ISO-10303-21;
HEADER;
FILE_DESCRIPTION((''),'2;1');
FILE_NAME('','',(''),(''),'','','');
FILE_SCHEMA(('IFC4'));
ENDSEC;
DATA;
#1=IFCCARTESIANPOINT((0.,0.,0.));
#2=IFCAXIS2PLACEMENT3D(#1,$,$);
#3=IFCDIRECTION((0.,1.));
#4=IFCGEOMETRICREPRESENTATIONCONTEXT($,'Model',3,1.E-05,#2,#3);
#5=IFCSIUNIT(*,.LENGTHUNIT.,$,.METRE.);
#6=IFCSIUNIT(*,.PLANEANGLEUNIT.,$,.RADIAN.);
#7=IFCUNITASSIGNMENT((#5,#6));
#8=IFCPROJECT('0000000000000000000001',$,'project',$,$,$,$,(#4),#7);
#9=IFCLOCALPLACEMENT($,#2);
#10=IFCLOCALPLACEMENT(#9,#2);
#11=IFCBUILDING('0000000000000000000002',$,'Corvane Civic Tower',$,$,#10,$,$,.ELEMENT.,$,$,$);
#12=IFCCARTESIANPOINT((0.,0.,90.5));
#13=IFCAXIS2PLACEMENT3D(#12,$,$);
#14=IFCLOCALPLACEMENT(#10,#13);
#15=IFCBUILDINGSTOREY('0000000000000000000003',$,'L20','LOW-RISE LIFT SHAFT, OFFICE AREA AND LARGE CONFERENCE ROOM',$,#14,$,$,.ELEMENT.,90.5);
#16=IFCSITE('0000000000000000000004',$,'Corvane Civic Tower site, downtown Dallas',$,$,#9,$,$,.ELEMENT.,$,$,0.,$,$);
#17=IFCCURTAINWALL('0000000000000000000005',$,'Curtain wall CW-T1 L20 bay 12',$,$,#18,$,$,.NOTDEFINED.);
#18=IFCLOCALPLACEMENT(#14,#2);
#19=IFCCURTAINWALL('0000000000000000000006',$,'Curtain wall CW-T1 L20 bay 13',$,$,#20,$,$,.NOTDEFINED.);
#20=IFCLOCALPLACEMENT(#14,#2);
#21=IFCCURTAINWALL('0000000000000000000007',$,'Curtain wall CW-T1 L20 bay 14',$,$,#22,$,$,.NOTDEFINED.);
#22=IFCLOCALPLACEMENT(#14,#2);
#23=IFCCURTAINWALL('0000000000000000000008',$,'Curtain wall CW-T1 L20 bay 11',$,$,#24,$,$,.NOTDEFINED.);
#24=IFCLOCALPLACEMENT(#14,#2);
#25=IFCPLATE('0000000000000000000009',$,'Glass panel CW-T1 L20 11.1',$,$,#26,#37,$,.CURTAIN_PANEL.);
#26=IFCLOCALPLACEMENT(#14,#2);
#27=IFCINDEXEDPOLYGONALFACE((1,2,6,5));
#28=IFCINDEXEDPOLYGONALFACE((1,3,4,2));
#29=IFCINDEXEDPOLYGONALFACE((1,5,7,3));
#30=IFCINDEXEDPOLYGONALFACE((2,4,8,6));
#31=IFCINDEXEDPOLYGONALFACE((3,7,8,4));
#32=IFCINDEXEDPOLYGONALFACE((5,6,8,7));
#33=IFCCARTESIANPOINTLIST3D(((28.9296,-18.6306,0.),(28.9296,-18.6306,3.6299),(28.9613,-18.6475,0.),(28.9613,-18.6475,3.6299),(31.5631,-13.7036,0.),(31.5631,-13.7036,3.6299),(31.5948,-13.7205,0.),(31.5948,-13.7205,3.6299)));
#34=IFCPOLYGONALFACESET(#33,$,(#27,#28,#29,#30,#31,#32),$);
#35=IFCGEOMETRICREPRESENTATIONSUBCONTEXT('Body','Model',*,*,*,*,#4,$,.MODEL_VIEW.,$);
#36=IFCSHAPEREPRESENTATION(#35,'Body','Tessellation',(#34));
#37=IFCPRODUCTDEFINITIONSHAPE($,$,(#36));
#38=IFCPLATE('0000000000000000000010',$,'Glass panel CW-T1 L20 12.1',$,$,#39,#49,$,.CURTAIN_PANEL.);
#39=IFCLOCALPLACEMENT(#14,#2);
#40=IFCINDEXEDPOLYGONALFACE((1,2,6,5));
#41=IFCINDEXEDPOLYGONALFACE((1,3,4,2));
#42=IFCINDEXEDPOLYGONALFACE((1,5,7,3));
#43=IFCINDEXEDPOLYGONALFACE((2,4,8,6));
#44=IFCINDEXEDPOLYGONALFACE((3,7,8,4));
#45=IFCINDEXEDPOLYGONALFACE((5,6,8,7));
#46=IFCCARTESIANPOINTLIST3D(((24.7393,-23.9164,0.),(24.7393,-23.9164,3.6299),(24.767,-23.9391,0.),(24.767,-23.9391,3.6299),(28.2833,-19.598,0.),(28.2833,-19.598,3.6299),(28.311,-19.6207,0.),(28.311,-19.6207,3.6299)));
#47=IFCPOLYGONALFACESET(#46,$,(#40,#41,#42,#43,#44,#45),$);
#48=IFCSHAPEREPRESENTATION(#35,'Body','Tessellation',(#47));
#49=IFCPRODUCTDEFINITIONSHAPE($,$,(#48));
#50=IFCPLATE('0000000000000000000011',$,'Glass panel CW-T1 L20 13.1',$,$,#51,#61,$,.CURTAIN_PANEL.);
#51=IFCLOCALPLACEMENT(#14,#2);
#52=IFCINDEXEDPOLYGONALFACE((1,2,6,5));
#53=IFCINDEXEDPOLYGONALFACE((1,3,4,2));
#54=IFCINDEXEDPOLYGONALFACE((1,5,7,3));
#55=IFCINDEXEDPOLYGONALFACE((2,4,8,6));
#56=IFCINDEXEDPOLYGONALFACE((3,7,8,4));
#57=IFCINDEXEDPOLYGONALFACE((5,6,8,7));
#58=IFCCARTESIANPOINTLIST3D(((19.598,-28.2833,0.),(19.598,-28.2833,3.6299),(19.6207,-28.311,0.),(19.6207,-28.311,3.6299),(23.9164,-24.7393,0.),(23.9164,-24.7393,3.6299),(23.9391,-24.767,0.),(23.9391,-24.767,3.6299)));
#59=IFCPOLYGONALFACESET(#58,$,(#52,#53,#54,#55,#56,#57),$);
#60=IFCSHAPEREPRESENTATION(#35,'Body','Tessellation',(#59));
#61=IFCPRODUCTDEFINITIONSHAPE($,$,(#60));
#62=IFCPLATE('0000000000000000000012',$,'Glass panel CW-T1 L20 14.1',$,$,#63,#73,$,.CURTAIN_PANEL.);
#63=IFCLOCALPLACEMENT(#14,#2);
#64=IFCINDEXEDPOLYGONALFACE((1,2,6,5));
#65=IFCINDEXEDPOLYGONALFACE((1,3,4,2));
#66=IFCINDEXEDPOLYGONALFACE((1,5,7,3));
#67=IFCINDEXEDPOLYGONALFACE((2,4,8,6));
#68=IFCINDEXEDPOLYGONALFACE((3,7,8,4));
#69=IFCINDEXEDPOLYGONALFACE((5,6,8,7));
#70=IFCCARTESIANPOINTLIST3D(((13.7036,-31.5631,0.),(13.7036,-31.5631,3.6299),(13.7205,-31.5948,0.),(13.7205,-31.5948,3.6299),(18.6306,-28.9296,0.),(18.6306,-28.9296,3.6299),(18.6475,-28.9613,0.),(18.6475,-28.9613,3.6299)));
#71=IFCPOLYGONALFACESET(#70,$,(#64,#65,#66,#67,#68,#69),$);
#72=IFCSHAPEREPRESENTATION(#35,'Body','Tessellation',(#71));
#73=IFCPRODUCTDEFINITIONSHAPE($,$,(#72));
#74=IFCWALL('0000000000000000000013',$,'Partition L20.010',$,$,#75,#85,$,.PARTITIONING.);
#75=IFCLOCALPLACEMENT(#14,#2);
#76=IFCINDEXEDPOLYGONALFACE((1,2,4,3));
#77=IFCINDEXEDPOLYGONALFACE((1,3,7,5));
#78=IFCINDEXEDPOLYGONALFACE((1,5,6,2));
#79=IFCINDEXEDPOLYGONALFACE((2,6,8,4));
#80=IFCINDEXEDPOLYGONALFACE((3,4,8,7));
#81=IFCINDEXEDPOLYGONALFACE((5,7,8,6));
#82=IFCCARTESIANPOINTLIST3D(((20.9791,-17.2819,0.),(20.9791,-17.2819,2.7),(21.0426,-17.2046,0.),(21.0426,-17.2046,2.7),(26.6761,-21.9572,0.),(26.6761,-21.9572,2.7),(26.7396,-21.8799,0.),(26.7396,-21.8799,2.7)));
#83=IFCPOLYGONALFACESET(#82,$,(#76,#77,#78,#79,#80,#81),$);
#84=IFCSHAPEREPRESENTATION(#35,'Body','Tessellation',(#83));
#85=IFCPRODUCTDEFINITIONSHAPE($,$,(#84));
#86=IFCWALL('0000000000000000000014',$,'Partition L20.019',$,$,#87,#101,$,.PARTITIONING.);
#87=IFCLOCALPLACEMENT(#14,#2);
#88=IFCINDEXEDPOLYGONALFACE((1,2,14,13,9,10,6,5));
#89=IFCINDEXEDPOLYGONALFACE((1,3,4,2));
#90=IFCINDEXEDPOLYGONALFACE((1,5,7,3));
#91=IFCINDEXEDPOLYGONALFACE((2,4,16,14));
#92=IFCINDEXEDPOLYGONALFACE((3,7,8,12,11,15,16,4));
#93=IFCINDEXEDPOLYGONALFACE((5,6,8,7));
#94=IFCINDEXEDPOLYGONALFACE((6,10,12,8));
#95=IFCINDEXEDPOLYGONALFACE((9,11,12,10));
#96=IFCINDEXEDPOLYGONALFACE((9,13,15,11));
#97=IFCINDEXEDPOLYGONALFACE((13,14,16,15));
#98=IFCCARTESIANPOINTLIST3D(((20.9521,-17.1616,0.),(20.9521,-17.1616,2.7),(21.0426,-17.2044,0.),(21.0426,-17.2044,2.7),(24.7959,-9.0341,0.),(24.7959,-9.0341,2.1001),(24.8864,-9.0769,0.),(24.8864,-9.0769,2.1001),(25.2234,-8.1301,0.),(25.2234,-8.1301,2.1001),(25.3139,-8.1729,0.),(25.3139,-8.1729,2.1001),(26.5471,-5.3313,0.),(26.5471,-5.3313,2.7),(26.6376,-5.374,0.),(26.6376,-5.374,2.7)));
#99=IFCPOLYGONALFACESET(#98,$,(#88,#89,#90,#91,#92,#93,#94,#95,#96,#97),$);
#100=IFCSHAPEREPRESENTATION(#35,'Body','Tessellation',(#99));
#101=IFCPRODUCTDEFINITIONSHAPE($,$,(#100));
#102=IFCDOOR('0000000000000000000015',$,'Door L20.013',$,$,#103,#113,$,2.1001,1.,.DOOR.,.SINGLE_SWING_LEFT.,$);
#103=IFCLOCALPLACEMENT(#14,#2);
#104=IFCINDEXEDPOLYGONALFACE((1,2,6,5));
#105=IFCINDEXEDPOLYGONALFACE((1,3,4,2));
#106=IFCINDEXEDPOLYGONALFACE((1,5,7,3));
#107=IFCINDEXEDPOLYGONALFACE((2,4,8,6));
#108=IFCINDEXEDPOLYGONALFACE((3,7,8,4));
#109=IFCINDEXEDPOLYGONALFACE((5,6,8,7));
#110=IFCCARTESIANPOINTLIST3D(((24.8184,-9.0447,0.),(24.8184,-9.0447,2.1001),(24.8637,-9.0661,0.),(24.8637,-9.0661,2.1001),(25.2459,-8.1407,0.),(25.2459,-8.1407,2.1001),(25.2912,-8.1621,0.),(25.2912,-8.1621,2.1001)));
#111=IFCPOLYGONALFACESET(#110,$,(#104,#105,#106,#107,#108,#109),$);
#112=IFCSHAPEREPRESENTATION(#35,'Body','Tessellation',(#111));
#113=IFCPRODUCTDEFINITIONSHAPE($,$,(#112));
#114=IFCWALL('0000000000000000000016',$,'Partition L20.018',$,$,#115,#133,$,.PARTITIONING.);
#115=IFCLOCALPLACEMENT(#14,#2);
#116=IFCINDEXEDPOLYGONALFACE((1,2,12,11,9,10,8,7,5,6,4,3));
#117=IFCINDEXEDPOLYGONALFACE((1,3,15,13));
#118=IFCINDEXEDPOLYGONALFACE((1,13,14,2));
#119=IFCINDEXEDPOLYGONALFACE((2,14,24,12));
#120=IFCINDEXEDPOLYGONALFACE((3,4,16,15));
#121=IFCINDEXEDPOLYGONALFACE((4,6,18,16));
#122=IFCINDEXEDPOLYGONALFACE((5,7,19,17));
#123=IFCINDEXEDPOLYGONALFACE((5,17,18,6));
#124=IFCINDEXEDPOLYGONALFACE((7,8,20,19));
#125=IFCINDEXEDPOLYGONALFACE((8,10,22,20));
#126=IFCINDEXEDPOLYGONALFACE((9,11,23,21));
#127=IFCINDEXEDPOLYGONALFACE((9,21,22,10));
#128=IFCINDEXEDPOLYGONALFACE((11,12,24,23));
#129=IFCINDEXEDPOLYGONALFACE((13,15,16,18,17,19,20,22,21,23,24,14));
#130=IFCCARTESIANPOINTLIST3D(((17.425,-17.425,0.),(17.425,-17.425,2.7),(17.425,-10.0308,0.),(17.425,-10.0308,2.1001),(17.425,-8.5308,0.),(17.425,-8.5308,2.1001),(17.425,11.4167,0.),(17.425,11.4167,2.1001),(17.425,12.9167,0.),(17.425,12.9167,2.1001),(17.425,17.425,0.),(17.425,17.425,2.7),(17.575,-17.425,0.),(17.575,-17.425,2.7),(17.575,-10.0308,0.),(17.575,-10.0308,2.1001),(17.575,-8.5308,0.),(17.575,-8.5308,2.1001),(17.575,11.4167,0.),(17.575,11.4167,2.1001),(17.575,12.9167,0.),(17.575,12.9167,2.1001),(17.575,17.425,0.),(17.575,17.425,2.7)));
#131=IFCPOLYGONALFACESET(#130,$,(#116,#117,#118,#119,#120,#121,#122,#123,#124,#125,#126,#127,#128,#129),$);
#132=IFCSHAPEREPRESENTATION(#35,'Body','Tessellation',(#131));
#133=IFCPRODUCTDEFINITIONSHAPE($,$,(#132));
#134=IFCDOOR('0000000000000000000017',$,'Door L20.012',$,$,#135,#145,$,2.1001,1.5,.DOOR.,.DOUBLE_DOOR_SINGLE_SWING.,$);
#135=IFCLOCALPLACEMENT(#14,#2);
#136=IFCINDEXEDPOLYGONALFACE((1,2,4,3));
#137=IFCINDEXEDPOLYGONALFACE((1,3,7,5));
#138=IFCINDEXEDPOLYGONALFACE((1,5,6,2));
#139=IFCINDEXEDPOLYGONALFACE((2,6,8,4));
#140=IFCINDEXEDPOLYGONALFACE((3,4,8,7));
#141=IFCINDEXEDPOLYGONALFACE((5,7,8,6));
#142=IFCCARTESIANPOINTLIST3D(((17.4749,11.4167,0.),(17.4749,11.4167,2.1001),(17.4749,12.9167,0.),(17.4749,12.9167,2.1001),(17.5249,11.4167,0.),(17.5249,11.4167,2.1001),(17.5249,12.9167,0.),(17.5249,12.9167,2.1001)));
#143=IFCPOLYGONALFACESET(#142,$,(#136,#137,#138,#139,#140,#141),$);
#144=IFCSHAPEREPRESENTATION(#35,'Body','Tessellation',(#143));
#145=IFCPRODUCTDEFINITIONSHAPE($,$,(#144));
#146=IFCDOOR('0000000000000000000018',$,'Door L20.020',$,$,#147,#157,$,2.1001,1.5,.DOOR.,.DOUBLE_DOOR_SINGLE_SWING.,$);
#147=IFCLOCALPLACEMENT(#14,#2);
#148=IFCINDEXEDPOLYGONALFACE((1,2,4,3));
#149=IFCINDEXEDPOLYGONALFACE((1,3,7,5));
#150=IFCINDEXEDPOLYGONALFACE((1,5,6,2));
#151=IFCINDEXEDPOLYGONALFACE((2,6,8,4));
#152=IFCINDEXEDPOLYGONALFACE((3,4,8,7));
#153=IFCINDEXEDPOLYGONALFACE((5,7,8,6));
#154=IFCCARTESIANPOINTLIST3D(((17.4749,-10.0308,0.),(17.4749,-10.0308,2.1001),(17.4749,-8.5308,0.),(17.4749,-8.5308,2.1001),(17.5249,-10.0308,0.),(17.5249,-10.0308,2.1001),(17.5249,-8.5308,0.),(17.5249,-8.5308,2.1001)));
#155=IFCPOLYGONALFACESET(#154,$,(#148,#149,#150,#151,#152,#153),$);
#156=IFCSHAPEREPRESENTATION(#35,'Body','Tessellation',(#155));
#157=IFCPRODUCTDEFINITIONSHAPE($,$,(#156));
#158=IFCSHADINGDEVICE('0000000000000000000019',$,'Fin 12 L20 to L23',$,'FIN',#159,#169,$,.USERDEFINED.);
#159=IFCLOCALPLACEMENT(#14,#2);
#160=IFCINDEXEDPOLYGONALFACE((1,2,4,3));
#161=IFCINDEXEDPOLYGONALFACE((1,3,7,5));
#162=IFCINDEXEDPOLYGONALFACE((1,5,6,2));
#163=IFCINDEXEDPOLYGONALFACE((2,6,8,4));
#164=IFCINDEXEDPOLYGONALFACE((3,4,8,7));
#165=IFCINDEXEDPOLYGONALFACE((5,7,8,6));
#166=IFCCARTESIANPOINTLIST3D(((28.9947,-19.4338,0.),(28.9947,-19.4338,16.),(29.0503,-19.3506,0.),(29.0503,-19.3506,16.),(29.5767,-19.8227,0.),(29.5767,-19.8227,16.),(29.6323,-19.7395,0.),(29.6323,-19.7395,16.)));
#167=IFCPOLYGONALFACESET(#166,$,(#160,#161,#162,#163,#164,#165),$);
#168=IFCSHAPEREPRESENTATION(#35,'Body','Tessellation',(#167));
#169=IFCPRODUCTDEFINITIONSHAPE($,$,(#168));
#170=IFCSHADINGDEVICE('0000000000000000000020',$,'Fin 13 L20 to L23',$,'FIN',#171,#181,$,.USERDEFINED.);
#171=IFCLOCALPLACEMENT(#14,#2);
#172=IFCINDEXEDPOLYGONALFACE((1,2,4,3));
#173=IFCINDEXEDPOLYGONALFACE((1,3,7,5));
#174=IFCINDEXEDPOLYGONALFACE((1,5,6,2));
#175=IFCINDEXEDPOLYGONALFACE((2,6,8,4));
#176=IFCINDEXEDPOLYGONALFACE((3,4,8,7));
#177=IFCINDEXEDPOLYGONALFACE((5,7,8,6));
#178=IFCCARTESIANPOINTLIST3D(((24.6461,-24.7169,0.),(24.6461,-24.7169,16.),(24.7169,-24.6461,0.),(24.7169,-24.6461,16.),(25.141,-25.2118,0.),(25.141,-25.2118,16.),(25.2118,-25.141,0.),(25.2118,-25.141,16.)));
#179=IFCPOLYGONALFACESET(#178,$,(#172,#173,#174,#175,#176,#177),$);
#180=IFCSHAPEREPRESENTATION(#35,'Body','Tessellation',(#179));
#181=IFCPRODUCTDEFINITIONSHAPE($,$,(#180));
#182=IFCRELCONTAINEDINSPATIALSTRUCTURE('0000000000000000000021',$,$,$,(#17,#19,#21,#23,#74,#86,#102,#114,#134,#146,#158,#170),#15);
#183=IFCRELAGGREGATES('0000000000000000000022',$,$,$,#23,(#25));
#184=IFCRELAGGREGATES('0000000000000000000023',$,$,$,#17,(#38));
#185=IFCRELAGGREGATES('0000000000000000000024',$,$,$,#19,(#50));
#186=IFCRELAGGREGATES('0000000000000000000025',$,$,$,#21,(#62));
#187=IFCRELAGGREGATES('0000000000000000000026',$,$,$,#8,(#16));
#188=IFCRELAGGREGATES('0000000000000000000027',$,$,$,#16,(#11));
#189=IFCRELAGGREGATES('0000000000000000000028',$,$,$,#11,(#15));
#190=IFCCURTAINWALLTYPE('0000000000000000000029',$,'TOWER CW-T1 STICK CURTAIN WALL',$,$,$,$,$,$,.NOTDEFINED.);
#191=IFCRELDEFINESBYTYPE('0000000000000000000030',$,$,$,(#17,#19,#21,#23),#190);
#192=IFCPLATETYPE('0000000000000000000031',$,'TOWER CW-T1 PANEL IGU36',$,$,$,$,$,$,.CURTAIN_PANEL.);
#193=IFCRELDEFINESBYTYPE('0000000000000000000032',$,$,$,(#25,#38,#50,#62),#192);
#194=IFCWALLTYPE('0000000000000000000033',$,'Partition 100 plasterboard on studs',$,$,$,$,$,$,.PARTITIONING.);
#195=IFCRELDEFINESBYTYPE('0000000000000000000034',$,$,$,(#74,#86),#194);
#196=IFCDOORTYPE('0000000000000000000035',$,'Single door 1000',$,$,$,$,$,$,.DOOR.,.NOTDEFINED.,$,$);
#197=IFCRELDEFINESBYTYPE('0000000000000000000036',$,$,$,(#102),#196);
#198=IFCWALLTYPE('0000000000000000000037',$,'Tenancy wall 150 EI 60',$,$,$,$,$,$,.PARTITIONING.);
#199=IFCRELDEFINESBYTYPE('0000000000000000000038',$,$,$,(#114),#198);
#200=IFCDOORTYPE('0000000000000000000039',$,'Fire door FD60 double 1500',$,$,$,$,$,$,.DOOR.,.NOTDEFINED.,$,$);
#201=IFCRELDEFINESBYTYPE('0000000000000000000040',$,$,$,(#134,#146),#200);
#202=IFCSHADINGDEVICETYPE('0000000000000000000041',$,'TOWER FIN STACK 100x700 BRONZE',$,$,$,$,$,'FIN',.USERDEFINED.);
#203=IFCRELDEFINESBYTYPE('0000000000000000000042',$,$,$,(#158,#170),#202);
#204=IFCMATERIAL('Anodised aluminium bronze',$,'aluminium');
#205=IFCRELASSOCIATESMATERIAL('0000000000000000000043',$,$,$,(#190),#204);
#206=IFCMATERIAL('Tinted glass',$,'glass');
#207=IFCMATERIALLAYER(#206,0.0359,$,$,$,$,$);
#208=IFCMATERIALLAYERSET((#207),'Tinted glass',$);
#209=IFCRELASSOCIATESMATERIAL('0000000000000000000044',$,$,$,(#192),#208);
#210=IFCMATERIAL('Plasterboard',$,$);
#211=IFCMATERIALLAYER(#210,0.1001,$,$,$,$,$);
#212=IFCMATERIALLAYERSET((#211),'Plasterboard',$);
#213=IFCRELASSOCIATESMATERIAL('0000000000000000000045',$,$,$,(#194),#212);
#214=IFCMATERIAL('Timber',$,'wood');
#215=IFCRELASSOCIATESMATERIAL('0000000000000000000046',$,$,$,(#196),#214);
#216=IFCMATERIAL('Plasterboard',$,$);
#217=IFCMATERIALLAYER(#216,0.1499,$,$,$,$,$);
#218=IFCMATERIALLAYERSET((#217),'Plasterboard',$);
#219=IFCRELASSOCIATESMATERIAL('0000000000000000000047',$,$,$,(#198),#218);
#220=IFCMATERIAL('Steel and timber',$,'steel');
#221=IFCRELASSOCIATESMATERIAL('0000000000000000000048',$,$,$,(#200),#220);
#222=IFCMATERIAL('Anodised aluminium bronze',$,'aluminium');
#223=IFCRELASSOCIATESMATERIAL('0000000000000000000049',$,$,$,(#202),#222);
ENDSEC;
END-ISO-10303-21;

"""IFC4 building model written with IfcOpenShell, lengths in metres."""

from ifc_helpers import new_model, si_unit, direction, frame, frame_2d, origin, origin_2d, place, context, subcontext, project, spatial, rectangle, extrude, material, layer, layer_set, material_profile, profile_set, type_object, element, fill, aggregate, save


model = new_model("IFC4")

# Units and contexts
model_context = context("Model", 3, precision=1e-05, world=origin(), true_north=direction((0.0, 1.0)))
body_context = subcontext(model_context, "Body", "Model", "MODEL_VIEW")
ifc_project = project(units=[si_unit("LENGTHUNIT", "METRE"), si_unit("PLANEANGLEUNIT", "RADIAN")], contexts=[model_context])

# Site, building, storey
site_placement = place(None, origin())
site = spatial("IfcSite", under=ifc_project, at=site_placement, Name="Corvane Civic Tower site, downtown Dallas", CompositionType="ELEMENT", RefElevation=0.0)
building_placement = place(site_placement, origin())
building = spatial("IfcBuilding", under=site, at=building_placement, Name="Corvane Civic Tower", CompositionType="ELEMENT")
storey_placement = place(building_placement, frame((0.0, 0.0, 90.5)))
storey = spatial("IfcBuildingStorey", under=building, at=storey_placement, Name="L20", Description="LOW-RISE LIFT SHAFT, OFFICE AREA AND LARGE CONFERENCE ROOM", CompositionType="ELEMENT", Elevation=90.5)

# Curtain walls
ifc_material_1 = material(Name="Anodised aluminium bronze", Category="aluminium")
curtain_wall_type = type_object("IfcCurtainWallType", Name="TOWER CW-T1 STICK CURTAIN WALL", PredefinedType="NOTDEFINED", material=ifc_material_1)
curtain_wall_1_placement = place(storey_placement, origin())
curtain_wall_1 = element("IfcCurtainWall", 1, at=curtain_wall_1_placement, inside=storey, type_object=curtain_wall_type, Name="Curtain wall CW-T1 L20 bay 12", PredefinedType="NOTDEFINED")
curtain_wall_2_placement = place(storey_placement, origin())
curtain_wall_2 = element("IfcCurtainWall", 2, at=curtain_wall_2_placement, inside=storey, type_object=curtain_wall_type, Name="Curtain wall CW-T1 L20 bay 13", PredefinedType="NOTDEFINED")
curtain_wall_3_placement = place(storey_placement, origin())
curtain_wall_3 = element("IfcCurtainWall", 3, at=curtain_wall_3_placement, inside=storey, type_object=curtain_wall_type, Name="Curtain wall CW-T1 L20 bay 14", PredefinedType="NOTDEFINED")

# Curtain wall, plate
curtain_wall_4_placement = place(storey_placement, origin())
curtain_wall_4 = element("IfcCurtainWall", 4, at=curtain_wall_4_placement, inside=storey, type_object=curtain_wall_type, Name="Curtain wall CW-T1 L20 bay 11", PredefinedType="NOTDEFINED")
ifc_material_2 = material(Name="Tinted glass", Category="glass")
ifc_layer_1 = layer(ifc_material_2, 0.0359)
ifc_layer_set_1 = layer_set([ifc_layer_1], Name="Tinted glass")
plate_type = type_object("IfcPlateType", Name="TOWER CW-T1 PANEL IGU36", PredefinedType="CURTAIN_PANEL", material=ifc_layer_set_1)
plate_1_placement = place(storey_placement, frame((30.2622, -16.1755, 0.0), z_axis=(0.0, 0.0, 1.0), x_axis=(-0.471392, -0.881924, 0.0)))
plate_1 = element("IfcPlate", 5, at=plate_1_placement, type_object=plate_type, Name="Glass panel CW-T1 L20 11.1", PredefinedType="CURTAIN_PANEL", context=body_context, shape_type="SweptSolid", body=[
    extrude(rectangle(XDim=5.5867, YDim=0.0359, at=origin_2d()), origin(), (0.0, 0.0, 1.0), 3.6299),
])
aggregate(curtain_wall_4, [plate_1])

# Plates
plate_2_placement = place(storey_placement, frame((26.5251, -21.7686, 0.0), z_axis=(0.0, 0.0, 1.0), x_axis=(-0.63439, -0.773013, 0.0)))
plate_2 = element("IfcPlate", 6, at=plate_2_placement, type_object=plate_type, Name="Glass panel CW-T1 L20 12.1", PredefinedType="CURTAIN_PANEL", context=body_context, shape_type="SweptSolid", body=[
    extrude(rectangle(XDim=5.5864, YDim=0.0359, at=origin_2d()), origin(), (0.0, 0.0, 1.0), 3.6299),
])
aggregate(curtain_wall_1, [plate_2])
plate_3_placement = place(storey_placement, frame((21.7686, -26.5251, 0.0), z_axis=(0.0, 0.0, 1.0), x_axis=(-0.773013, -0.63439, 0.0)))
plate_3 = element("IfcPlate", 7, at=plate_3_placement, type_object=plate_type, Name="Glass panel CW-T1 L20 13.1", PredefinedType="CURTAIN_PANEL", context=body_context, shape_type="SweptSolid", body=[
    extrude(rectangle(XDim=5.5864, YDim=0.0359, at=origin_2d()), origin(), (0.0, 0.0, 1.0), 3.6299),
])
aggregate(curtain_wall_2, [plate_3])
plate_4_placement = place(storey_placement, frame((16.1755, -30.2622, 0.0), z_axis=(0.0, 0.0, 1.0), x_axis=(-0.881924, -0.471392, 0.0)))
plate_4 = element("IfcPlate", 8, at=plate_4_placement, type_object=plate_type, Name="Glass panel CW-T1 L20 14.1", PredefinedType="CURTAIN_PANEL", context=body_context, shape_type="SweptSolid", body=[
    extrude(rectangle(XDim=5.5867, YDim=0.0359, at=origin_2d()), origin(), (0.0, 0.0, 1.0), 3.6299),
])
aggregate(curtain_wall_3, [plate_4])

# Wall
ifc_material_3 = material(Name="Plasterboard")
ifc_layer_2 = layer(ifc_material_3, 0.1001)
ifc_layer_set_2 = layer_set([ifc_layer_2], Name="Plasterboard")
wall_type_1 = type_object("IfcWallType", Name="Partition 100 plasterboard on studs", PredefinedType="PARTITIONING", material=ifc_layer_set_2)
wall_1_placement = place(storey_placement, frame((21.0107, -17.2432, 0.0), z_axis=(0.0, 0.0, 1.0), x_axis=(0.773019, -0.634383, 0.0)))
element("IfcWall", 9, at=wall_1_placement, inside=storey, type_object=wall_type_1, Name="Partition L20.010", PredefinedType="PARTITIONING", context=body_context, shape_type="SweptSolid", body=[
    extrude(rectangle(XDim=7.3699, YDim=0.1001, at=frame_2d((3.6851, 0.0))), origin(), (0.0, 0.0, 1.0), 2.7),
])

# Wall, opening, door
wall_2_placement = place(storey_placement, frame((20.9973, -17.1831, 0.0), z_axis=(0.0, 0.0, 1.0), x_axis=(0.427533, 0.904, 0.0)))
wall_2 = element("IfcWall", 10, at=wall_2_placement, inside=storey, type_object=wall_type_1, Name="Partition L20.019", PredefinedType="PARTITIONING", context=body_context, shape_type="SweptSolid", body=[
    extrude(rectangle(XDim=13.0867, YDim=0.1001, at=frame_2d((6.5435, 0.0))), origin(), (0.0, 0.0, 1.0), 2.7),
])
opening_1_placement = place(wall_2_placement, frame((8.9907, 0.0, 0.0)))
opening_1 = element("IfcOpeningElement", 11, at=opening_1_placement, cuts=wall_2, PredefinedType="OPENING", context=body_context, shape_type="SweptSolid", body=[
    extrude(rectangle(XDim=1.0, YDim=2.1001, at=frame_2d((0.5, 1.05))), frame((0.0, 0.0601, 0.0), z_axis=(0.0, -1.0, 0.0), x_axis=(1.0, 0.0, 0.0)), (0.0, 0.0, 1.0), 0.1201),
])
ifc_material_4 = material(Name="Timber", Category="wood")
door_type_1 = type_object("IfcDoorType", Name="Single door 1000", OperationType="NOTDEFINED", PredefinedType="DOOR", material=ifc_material_4)
door_1_placement = place(opening_1_placement, frame((1.0, 0.0, 0.0), z_axis=(0.0, 0.0, 1.0), x_axis=(-1.0, 0.0, 0.0)))
door_1 = element("IfcDoor", 12, at=door_1_placement, inside=storey, type_object=door_type_1, Name="Door L20.013", OperationType="SINGLE_SWING_LEFT", OverallHeight=2.1001, OverallWidth=1.0, PredefinedType="DOOR", context=body_context, shape_type="SweptSolid", body=[
    extrude(rectangle(XDim=1.0, YDim=2.1001, at=frame_2d((0.5, 1.05))), frame((0.0, 0.0249, 0.0), z_axis=(0.0, -1.0, 0.0), x_axis=(1.0, 0.0, 0.0)), (0.0, 0.0, 1.0), 0.05),
])
fill(opening_1, door_1)

# Wall, openings, doors
ifc_material_5 = material(Name="Plasterboard")
ifc_layer_3 = layer(ifc_material_5, 0.1499)
ifc_layer_set_3 = layer_set([ifc_layer_3], Name="Plasterboard")
wall_type_2 = type_object("IfcWallType", Name="Tenancy wall 150 EI 60", PredefinedType="PARTITIONING", material=ifc_layer_set_3)
wall_3_placement = place(storey_placement, frame((17.5, -17.425, 0.0), z_axis=(0.0, 0.0, 1.0), x_axis=(0.0, 1.0, 0.0)))
wall_3 = element("IfcWall", 13, at=wall_3_placement, inside=storey, type_object=wall_type_2, Name="Partition L20.018", PredefinedType="PARTITIONING", context=body_context, shape_type="SweptSolid", body=[
    extrude(rectangle(XDim=34.8501, YDim=0.1499, at=frame_2d((17.425, 0.0))), origin(), (0.0, 0.0, 1.0), 2.7),
])
opening_2_placement = place(wall_3_placement, frame((28.8418, 0.0, 0.0)))
opening_2 = element("IfcOpeningElement", 14, at=opening_2_placement, cuts=wall_3, PredefinedType="OPENING", context=body_context, shape_type="SweptSolid", body=[
    extrude(rectangle(XDim=1.5, YDim=2.1001, at=frame_2d((0.75, 1.05))), frame((0.0, 0.085, 0.0), z_axis=(0.0, -1.0, 0.0), x_axis=(1.0, 0.0, 0.0)), (0.0, 0.0, 1.0), 0.1699),
])
opening_3_placement = place(wall_3_placement, frame((7.3943, 0.0, 0.0)))
opening_3 = element("IfcOpeningElement", 15, at=opening_3_placement, cuts=wall_3, PredefinedType="OPENING", context=body_context, shape_type="SweptSolid", body=[
    extrude(rectangle(XDim=1.5, YDim=2.1001, at=frame_2d((0.75, 1.05))), frame((0.0, 0.085, 0.0), z_axis=(0.0, -1.0, 0.0), x_axis=(1.0, 0.0, 0.0)), (0.0, 0.0, 1.0), 0.1699),
])
ifc_material_6 = material(Name="Steel and timber", Category="steel")
door_type_2 = type_object("IfcDoorType", Name="Fire door FD60 double 1500", OperationType="NOTDEFINED", PredefinedType="DOOR", material=ifc_material_6)
door_2_placement = place(opening_2_placement, frame((1.5, 0.0, 0.0), z_axis=(0.0, 0.0, 1.0), x_axis=(-1.0, 0.0, 0.0)))
door_2 = element("IfcDoor", 16, at=door_2_placement, inside=storey, type_object=door_type_2, Name="Door L20.012", OperationType="DOUBLE_DOOR_SINGLE_SWING", OverallHeight=2.1001, OverallWidth=1.5, PredefinedType="DOOR", context=body_context, shape_type="SweptSolid", body=[
    extrude(rectangle(XDim=1.5, YDim=2.1001, at=frame_2d((0.75, 1.05))), frame((0.0, 0.0249, 0.0), z_axis=(0.0, -1.0, 0.0), x_axis=(1.0, 0.0, 0.0)), (0.0, 0.0, 1.0), 0.05),
])
fill(opening_2, door_2)
door_3_placement = place(opening_3_placement, frame((1.5, 0.0, 0.0), z_axis=(0.0, 0.0, 1.0), x_axis=(-1.0, 0.0, 0.0)))
door_3 = element("IfcDoor", 17, at=door_3_placement, inside=storey, type_object=door_type_2, Name="Door L20.020", OperationType="DOUBLE_DOOR_SINGLE_SWING", OverallHeight=2.1001, OverallWidth=1.5, PredefinedType="DOOR", context=body_context, shape_type="SweptSolid", body=[
    extrude(rectangle(XDim=1.5, YDim=2.1001, at=frame_2d((0.75, 1.05))), frame((0.0, 0.0249, 0.0), z_axis=(0.0, -1.0, 0.0), x_axis=(1.0, 0.0, 0.0)), (0.0, 0.0, 1.0), 0.05),
])
fill(opening_3, door_3)

# Shading devices
ifc_material_7 = material(Name="Anodised aluminium bronze", Category="aluminium")
ifc_material_profile_1 = material_profile(ifc_material_7, rectangle(XDim=0.1001, YDim=0.7, at=origin_2d()), Name="TOWER FIN STACK 100x700 BRONZE")
ifc_profile_set_1 = profile_set([ifc_material_profile_1], Name="Anodised aluminium bronze")
shading_device_type = type_object("IfcShadingDeviceType", Name="TOWER FIN STACK 100x700 BRONZE", ElementType="FIN", PredefinedType="USERDEFINED", material=ifc_profile_set_1)
for number, where, z_axis, x_axis, name in (
    (18, (29.3135, -19.5867, 0.0), (0.0, 0.0, 1.0), (-0.55557, -0.83147, 0.0), "Fin 12 L20 to L23"),
    (19, (24.929, -24.929, 0.0), (0.0, 0.0, 1.0), (-0.707107, -0.707107, 0.0), "Fin 13 L20 to L23"),
):
    element("IfcShadingDevice", number, at=place(storey_placement, frame(where, z_axis=z_axis, x_axis=x_axis)), inside=storey, type_object=shading_device_type, Name=name, ObjectType="FIN", PredefinedType="USERDEFINED", context=body_context, shape_type="SweptSolid", body=[
        extrude(rectangle(XDim=0.1001, YDim=0.7, at=origin_2d()), origin(), (0.0, 0.0, 1.0), 16.0),
    ])

save(model, "model.ifc")
